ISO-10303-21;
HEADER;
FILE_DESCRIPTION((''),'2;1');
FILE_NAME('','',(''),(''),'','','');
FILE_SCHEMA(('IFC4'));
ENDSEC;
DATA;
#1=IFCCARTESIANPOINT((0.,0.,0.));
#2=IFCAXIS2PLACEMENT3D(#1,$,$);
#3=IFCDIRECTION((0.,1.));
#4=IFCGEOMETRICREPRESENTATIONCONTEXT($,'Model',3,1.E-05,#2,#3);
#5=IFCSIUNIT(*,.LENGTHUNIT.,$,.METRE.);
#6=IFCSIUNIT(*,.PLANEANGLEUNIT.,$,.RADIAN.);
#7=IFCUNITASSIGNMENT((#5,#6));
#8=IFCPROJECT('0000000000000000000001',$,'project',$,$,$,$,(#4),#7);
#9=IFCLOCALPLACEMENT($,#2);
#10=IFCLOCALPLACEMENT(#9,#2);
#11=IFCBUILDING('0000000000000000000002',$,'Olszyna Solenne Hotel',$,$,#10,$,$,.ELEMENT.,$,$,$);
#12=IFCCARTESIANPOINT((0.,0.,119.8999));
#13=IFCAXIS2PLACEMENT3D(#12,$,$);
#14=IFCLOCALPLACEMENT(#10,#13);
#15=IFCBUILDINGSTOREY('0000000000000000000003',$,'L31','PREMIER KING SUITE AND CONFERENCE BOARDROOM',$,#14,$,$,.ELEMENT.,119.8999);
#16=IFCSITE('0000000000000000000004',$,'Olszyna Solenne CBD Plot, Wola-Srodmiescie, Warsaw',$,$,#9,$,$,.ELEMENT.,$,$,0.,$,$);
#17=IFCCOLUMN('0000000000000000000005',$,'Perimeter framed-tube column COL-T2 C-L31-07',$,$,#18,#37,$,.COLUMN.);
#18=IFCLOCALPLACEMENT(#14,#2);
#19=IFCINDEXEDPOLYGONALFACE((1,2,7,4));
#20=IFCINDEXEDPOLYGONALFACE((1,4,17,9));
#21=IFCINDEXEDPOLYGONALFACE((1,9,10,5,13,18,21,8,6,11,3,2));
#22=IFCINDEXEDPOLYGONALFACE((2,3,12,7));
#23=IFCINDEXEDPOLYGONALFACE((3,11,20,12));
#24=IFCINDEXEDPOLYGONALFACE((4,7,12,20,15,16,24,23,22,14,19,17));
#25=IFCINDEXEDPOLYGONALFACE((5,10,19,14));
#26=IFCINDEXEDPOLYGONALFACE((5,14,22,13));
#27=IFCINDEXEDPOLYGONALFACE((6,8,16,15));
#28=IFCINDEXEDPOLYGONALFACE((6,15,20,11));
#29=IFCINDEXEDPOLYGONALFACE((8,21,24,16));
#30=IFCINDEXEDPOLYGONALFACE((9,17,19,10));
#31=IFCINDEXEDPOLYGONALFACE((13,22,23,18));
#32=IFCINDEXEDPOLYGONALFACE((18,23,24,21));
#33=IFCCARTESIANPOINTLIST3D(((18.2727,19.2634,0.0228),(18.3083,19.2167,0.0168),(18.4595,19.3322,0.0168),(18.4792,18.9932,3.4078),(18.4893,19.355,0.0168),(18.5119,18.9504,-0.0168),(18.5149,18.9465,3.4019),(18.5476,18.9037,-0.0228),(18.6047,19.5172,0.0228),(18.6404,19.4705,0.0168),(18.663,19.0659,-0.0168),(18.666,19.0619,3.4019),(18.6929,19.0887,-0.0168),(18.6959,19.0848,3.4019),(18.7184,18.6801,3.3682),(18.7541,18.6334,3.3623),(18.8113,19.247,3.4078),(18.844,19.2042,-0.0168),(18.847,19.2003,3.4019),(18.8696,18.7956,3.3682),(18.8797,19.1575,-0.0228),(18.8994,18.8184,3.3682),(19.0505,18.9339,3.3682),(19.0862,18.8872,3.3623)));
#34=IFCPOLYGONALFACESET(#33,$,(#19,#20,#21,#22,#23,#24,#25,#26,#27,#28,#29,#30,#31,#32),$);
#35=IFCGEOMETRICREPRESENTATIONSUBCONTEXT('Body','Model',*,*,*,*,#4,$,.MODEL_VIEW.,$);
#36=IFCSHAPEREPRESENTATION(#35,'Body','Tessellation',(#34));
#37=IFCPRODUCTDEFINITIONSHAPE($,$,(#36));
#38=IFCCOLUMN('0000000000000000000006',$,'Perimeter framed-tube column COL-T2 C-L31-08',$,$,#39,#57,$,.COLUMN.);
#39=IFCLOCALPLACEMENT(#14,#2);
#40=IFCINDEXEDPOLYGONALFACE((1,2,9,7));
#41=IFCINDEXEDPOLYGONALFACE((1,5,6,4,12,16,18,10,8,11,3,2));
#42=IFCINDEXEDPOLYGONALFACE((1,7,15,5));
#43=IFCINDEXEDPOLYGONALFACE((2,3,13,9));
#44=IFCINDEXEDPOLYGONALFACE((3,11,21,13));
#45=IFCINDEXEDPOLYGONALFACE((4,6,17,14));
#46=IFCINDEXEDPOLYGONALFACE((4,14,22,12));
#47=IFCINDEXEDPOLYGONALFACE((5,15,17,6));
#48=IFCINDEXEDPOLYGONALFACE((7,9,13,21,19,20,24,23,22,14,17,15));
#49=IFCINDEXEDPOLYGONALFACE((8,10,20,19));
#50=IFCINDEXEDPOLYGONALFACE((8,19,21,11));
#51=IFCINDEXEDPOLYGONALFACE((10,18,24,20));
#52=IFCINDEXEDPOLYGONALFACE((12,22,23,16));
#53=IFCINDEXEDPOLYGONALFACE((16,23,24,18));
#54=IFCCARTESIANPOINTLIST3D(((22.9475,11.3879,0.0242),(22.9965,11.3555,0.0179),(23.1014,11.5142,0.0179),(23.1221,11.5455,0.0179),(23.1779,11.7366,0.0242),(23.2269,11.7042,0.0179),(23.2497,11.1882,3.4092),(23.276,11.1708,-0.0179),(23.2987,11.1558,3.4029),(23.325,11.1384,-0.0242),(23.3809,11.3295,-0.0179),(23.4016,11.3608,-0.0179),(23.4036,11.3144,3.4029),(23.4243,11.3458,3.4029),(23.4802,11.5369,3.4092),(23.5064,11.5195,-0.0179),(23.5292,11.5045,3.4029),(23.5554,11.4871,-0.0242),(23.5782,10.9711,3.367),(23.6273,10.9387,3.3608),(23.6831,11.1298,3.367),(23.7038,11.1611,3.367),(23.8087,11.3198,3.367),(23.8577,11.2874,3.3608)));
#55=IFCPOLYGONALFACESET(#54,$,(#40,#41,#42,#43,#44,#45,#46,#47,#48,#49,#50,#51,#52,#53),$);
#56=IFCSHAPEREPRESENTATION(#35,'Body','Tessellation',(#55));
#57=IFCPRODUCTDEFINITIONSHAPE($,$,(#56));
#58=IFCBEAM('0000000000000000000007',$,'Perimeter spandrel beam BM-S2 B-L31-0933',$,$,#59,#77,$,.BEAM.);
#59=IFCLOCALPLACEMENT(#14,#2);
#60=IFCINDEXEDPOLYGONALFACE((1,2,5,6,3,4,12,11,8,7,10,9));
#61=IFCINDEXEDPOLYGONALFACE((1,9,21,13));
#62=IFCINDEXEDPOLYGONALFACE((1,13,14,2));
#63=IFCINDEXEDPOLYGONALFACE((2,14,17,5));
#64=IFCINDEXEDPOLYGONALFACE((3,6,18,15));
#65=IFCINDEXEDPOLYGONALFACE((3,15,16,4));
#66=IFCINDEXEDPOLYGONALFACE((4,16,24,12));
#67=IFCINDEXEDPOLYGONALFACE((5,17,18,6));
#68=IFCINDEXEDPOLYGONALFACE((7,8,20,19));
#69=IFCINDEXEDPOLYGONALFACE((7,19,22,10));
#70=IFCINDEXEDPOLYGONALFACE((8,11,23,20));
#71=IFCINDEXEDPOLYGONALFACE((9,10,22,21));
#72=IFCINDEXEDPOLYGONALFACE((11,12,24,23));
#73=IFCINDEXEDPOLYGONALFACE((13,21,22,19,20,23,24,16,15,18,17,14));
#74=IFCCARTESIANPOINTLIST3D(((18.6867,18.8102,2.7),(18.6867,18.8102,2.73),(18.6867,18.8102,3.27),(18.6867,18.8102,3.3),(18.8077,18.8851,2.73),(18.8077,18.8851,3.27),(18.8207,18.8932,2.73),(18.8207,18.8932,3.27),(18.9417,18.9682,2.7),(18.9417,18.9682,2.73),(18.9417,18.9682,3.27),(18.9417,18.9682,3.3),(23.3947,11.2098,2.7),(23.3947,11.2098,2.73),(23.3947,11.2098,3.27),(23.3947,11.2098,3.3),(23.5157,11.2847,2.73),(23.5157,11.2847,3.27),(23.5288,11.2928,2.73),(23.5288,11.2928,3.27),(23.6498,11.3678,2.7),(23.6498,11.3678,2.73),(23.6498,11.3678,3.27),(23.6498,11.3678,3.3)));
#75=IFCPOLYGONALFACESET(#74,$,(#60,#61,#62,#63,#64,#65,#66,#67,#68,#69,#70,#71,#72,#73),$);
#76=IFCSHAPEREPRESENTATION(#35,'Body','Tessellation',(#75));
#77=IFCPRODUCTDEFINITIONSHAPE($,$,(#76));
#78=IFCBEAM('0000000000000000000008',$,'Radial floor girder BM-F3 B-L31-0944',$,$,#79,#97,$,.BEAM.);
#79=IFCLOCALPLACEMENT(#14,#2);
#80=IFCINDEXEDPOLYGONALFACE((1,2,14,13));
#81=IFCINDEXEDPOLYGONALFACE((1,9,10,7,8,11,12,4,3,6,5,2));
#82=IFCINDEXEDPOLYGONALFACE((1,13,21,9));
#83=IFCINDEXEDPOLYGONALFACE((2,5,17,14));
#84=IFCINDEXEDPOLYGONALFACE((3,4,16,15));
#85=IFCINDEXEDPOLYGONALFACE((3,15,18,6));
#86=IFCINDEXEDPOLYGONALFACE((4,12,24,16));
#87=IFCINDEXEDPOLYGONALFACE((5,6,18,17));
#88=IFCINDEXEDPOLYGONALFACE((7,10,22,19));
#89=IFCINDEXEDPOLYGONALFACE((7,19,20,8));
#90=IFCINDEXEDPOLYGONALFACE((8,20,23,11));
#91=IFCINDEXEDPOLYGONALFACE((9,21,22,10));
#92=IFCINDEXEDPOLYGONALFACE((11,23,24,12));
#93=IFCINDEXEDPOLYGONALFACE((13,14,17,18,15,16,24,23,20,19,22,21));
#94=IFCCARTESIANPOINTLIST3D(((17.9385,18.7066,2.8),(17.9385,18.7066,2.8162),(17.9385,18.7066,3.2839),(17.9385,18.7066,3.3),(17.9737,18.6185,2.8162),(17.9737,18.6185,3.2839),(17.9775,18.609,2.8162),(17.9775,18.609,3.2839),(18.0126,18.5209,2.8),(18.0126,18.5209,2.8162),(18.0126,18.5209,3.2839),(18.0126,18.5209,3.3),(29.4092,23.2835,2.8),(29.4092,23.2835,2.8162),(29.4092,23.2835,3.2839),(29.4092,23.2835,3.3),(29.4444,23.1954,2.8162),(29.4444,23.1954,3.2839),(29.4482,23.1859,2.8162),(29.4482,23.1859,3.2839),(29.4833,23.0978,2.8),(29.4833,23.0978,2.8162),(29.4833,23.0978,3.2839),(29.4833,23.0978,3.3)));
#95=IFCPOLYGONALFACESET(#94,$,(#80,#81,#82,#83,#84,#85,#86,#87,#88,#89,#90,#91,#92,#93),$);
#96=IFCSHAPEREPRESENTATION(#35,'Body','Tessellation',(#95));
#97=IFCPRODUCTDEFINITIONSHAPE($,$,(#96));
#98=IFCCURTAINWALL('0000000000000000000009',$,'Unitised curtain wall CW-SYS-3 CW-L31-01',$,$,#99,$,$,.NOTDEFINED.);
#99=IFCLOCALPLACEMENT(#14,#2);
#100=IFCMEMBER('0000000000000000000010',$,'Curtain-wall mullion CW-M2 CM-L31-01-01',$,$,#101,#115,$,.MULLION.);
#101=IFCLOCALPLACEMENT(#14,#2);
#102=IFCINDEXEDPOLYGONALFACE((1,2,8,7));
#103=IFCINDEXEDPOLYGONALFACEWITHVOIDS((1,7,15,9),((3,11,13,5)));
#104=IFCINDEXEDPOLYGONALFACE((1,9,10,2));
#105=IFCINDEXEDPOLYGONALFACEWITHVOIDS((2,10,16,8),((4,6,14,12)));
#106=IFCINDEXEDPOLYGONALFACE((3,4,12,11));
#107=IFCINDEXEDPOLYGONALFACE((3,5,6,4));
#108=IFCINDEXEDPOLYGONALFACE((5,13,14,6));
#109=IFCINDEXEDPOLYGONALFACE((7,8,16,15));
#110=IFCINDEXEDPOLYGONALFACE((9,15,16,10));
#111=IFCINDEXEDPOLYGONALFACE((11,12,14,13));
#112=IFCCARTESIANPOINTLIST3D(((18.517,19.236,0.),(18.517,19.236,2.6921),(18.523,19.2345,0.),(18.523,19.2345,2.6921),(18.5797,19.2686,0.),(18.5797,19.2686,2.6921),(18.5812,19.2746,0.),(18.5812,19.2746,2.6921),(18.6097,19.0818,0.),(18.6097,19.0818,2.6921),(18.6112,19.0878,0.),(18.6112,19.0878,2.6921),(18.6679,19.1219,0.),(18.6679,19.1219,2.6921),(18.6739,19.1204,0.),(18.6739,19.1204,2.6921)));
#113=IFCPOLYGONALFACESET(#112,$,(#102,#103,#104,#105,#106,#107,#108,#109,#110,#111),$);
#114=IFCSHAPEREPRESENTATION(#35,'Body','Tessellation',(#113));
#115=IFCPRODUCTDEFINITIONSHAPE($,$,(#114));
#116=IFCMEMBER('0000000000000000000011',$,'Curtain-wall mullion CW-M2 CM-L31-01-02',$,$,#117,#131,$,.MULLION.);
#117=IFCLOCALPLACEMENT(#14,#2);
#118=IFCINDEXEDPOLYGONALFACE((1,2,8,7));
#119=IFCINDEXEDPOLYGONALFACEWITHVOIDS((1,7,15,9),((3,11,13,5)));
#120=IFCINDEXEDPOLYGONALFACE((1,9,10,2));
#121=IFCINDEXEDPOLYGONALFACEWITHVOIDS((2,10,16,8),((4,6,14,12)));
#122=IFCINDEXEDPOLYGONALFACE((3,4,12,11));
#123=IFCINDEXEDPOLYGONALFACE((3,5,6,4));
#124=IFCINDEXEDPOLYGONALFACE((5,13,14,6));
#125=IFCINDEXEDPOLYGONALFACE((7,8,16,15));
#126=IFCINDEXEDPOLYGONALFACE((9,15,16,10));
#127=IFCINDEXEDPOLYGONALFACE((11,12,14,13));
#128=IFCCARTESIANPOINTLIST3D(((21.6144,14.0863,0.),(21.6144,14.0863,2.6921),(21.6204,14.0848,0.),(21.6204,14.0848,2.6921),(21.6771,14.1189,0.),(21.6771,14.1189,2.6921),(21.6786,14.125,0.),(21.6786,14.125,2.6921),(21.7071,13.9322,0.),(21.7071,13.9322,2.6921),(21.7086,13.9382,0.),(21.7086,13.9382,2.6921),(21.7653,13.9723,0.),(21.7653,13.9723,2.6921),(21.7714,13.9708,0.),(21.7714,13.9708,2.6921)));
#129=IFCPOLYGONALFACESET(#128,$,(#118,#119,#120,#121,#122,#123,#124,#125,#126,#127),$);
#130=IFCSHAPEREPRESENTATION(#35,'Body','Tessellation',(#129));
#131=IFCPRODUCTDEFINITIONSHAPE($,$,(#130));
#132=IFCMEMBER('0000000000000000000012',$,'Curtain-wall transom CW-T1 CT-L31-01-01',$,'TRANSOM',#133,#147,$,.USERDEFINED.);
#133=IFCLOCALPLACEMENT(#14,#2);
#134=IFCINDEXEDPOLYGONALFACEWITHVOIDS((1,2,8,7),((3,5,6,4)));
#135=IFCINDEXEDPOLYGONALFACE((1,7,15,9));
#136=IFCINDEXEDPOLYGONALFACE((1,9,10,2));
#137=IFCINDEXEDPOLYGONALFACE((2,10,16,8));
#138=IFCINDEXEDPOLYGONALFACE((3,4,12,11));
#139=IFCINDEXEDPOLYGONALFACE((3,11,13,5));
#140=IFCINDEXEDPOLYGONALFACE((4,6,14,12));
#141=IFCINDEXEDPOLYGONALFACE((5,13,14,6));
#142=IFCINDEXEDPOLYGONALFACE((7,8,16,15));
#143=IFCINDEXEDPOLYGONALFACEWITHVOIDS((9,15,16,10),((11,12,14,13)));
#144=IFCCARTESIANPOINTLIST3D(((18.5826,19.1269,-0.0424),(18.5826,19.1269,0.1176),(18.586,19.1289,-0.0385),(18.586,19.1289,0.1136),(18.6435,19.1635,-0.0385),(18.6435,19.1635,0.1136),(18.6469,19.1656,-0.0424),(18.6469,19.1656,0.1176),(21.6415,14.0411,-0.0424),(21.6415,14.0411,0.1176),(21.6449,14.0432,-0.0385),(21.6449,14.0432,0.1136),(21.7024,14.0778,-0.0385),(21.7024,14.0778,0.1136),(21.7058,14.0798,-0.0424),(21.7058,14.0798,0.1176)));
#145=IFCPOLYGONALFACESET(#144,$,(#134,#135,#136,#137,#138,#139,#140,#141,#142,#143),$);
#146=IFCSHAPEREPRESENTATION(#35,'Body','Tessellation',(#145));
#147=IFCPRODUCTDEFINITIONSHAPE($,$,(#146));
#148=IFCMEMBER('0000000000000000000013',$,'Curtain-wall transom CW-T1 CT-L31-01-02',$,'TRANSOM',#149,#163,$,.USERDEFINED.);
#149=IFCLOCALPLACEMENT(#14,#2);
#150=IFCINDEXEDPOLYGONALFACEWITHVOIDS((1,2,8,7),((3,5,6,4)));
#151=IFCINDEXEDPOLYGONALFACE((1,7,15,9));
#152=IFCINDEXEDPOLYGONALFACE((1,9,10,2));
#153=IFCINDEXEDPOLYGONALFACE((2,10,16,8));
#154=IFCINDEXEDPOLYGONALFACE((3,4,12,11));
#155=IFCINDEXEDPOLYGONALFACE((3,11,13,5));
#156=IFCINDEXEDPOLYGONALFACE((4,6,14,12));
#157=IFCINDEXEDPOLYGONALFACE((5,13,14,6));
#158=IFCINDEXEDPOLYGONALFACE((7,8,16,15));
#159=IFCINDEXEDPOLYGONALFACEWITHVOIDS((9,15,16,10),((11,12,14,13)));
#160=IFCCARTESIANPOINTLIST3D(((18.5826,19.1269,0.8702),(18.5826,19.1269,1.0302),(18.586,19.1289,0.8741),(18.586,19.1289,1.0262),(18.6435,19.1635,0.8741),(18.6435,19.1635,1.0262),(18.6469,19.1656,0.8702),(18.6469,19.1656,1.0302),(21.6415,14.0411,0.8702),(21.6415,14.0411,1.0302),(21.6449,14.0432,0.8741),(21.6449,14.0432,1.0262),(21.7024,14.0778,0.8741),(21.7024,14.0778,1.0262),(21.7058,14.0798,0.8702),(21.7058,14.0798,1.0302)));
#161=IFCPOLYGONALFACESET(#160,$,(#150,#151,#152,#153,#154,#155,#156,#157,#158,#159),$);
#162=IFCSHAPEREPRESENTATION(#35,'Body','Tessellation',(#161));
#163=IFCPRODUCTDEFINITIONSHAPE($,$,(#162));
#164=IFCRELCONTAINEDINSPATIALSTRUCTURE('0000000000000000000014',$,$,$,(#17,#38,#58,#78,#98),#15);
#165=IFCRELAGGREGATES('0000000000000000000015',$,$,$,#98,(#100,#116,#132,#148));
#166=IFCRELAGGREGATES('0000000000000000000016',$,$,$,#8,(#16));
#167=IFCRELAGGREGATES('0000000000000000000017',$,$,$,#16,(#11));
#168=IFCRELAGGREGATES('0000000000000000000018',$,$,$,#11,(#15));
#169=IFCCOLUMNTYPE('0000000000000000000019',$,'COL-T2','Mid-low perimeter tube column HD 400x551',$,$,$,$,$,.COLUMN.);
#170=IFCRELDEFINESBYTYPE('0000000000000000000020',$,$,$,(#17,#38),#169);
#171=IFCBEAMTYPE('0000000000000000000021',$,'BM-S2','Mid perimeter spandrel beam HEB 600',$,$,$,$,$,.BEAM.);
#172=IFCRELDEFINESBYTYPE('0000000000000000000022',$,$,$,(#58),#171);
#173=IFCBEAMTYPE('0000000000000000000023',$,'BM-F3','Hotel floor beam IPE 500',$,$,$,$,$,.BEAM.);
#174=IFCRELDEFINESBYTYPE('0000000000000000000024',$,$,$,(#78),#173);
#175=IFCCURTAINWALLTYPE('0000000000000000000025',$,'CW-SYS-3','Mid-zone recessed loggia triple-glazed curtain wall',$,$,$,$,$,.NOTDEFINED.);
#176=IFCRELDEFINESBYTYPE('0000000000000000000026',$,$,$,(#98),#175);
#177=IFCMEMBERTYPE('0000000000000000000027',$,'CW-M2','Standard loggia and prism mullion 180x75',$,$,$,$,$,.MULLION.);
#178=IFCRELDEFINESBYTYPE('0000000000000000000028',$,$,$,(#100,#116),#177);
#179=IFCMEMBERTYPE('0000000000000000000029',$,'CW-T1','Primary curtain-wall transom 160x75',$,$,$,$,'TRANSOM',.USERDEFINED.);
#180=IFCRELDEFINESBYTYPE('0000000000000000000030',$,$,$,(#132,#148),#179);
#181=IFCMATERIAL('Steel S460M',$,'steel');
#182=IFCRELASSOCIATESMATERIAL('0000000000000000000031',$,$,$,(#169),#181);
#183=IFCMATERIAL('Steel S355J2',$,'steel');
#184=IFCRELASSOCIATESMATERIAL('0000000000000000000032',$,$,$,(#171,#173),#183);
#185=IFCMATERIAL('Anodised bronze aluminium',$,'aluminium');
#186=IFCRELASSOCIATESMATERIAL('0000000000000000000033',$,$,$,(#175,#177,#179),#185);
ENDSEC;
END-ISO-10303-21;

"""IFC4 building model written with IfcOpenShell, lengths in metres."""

from ifc_helpers import new_model, si_unit, direction, frame, origin, origin_2d, place, context, subcontext, project, spatial, hollow_rectangle, i_section, extrude, source, transform, mapped, material, material_profile, profile_set, type_object, element, aggregate, save


model = new_model("IFC4")

# Units and contexts
model_context = context("Model", 3, precision=1e-05, world=origin(), true_north=direction((0.0, 1.0)))
body_context = subcontext(model_context, "Body", "Model", "MODEL_VIEW")
ifc_project = project(units=[si_unit("LENGTHUNIT", "METRE"), si_unit("PLANEANGLEUNIT", "RADIAN")], contexts=[model_context])

# Site, building, storey
site_placement = place(None, origin())
site = spatial("IfcSite", under=ifc_project, at=site_placement, Name="Olszyna Solenne CBD Plot, Wola-Srodmiescie, Warsaw", CompositionType="ELEMENT", RefElevation=0.0)
building_placement = place(site_placement, origin())
building = spatial("IfcBuilding", under=site, at=building_placement, Name="Olszyna Solenne Hotel", CompositionType="ELEMENT")
storey_placement = place(building_placement, frame((0.0, 0.0, 119.8999)))
storey = spatial("IfcBuildingStorey", under=building, at=storey_placement, Name="L31", Description="PREMIER KING SUITE AND CONFERENCE BOARDROOM", CompositionType="ELEMENT", Elevation=119.8999)

# Columns
ifc_material_1 = material(Name="Steel S460M", Category="steel")
ifc_material_profile_1 = material_profile(ifc_material_1, i_section(OverallWidth=0.418, OverallDepth=0.4551, WebThickness=0.0376, FlangeThickness=0.0591, at=origin_2d()), Name="HD 400x551", Category="load-bearing")
ifc_profile_set_1 = profile_set([ifc_material_profile_1], Name="Steel S460M")
column_type = type_object("IfcColumnType", Name="COL-T2", Description="Mid-low perimeter tube column HD 400x551", PredefinedType="COLUMN", material=ifc_profile_set_1)
shared_shape_1 = source(origin(), body_context, "Body", "SweptSolid", [
    extrude(i_section(OverallWidth=0.418, OverallDepth=0.4551, WebThickness=0.0376, FlangeThickness=0.0591, at=origin_2d()), origin(), (0.0, 0.0, 1.0), 3.4021),
])
column_1_placement = place(storey_placement, frame((18.5762, 19.2104, 0.0), z_axis=(0.060711, -0.079441, 0.994989), x_axis=(0.794541, 0.60721, 0.0)))
element("IfcColumn", 1, at=column_1_placement, inside=storey, type_object=column_type, Name="Perimeter framed-tube column COL-T2 C-L31-07", PredefinedType="COLUMN", context=body_context, shape_type="MappedRepresentation", body=[
    mapped(shared_shape_1, transform((0.0, 0.0, 0.0), x_axis=(1.0, 0.0, 0.0), y_axis=(0.0, 1.0, 0.0), z_axis=(0.0, 0.0, 1.0), scale=1.0)),
])
shared_shape_2 = source(origin(), body_context, "Body", "SweptSolid", [
    extrude(i_section(OverallWidth=0.418, OverallDepth=0.4551, WebThickness=0.0376, FlangeThickness=0.0591, at=origin_2d()), origin(), (0.0, 0.0, 1.0), 3.4043),
])
column_2_placement = place(storey_placement, frame((23.2515, 11.4375, 0.0), z_axis=(0.088783, -0.058662, 0.994322), x_axis=(0.551274, 0.834324, 0.0)))
element("IfcColumn", 2, at=column_2_placement, inside=storey, type_object=column_type, Name="Perimeter framed-tube column COL-T2 C-L31-08", PredefinedType="COLUMN", context=body_context, shape_type="MappedRepresentation", body=[
    mapped(shared_shape_2, transform((0.0, 0.0, 0.0), x_axis=(1.0, 0.0, 0.0), y_axis=(0.0, 1.0, 0.0), z_axis=(0.0, 0.0, 1.0), scale=1.0)),
])

# Beams
ifc_material_2 = material(Name="Steel S355J2", Category="steel")
ifc_material_profile_2 = material_profile(ifc_material_2, i_section(OverallWidth=0.3, OverallDepth=0.6001, WebThickness=0.0154, FlangeThickness=0.03, at=origin_2d()), Name="HEB 600", Category="load-bearing")
ifc_profile_set_2 = profile_set([ifc_material_profile_2], Name="Steel S355J2")
beam_type_1 = type_object("IfcBeamType", Name="BM-S2", Description="Mid perimeter spandrel beam HEB 600", PredefinedType="BEAM", material=ifc_profile_set_2)
shared_shape_3 = source(origin(), body_context, "Body", "SweptSolid", [
    extrude(i_section(OverallWidth=0.3, OverallDepth=0.6001, WebThickness=0.0154, FlangeThickness=0.03, at=origin_2d()), origin(), (0.0, 0.0, 1.0), 8.9404),
])
beam_1_placement = place(storey_placement, frame((18.8142, 18.8892, 3.0), z_axis=(0.5266, -0.850113, 0.0), x_axis=(0.850113, 0.5266, 0.0)))
element("IfcBeam", 3, at=beam_1_placement, inside=storey, type_object=beam_type_1, Name="Perimeter spandrel beam BM-S2 B-L31-0933", PredefinedType="BEAM", context=body_context, shape_type="MappedRepresentation", body=[
    mapped(shared_shape_3, transform((0.0, 0.0, 0.0), x_axis=(1.0, 0.0, 0.0), y_axis=(0.0, 1.0, 0.0), z_axis=(0.0, 0.0, 1.0), scale=1.0)),
])
ifc_material_profile_3 = material_profile(ifc_material_2, i_section(OverallWidth=0.2, OverallDepth=0.5, WebThickness=0.0103, FlangeThickness=0.0161, at=origin_2d()), Name="IPE 500", Category="load-bearing")
ifc_profile_set_3 = profile_set([ifc_material_profile_3], Name="Steel S355J2")
beam_type_2 = type_object("IfcBeamType", Name="BM-F3", Description="Hotel floor beam IPE 500", PredefinedType="BEAM", material=ifc_profile_set_3)
shared_shape_4 = source(origin(), body_context, "Body", "SweptSolid", [
    extrude(i_section(OverallWidth=0.2, OverallDepth=0.5, WebThickness=0.0103, FlangeThickness=0.0161, at=origin_2d()), origin(), (0.0, 0.0, 1.0), 12.3501),
])
beam_2_placement = place(storey_placement, frame((17.9756, 18.6138, 3.05), z_axis=(0.928794, 0.370596, 0.0), x_axis=(-0.370596, 0.928794, 0.0)))
element("IfcBeam", 4, at=beam_2_placement, inside=storey, type_object=beam_type_2, Name="Radial floor girder BM-F3 B-L31-0944", PredefinedType="BEAM", context=body_context, shape_type="MappedRepresentation", body=[
    mapped(shared_shape_4, transform((0.0, 0.0, 0.0), x_axis=(1.0, 0.0, 0.0), y_axis=(0.0, 1.0, 0.0), z_axis=(0.0, 0.0, 1.0), scale=1.0)),
])

# Curtain wall, members
ifc_material_3 = material(Name="Anodised bronze aluminium", Category="aluminium")
curtain_wall_type = type_object("IfcCurtainWallType", Name="CW-SYS-3", Description="Mid-zone recessed loggia triple-glazed curtain wall", PredefinedType="NOTDEFINED", material=ifc_material_3)
curtain_wall_placement = place(storey_placement, origin())
curtain_wall = element("IfcCurtainWall", 5, at=curtain_wall_placement, inside=storey, type_object=curtain_wall_type, Name="Unitised curtain wall CW-SYS-3 CW-L31-01", PredefinedType="NOTDEFINED")
ifc_material_profile_4 = material_profile(ifc_material_3, hollow_rectangle(XDim=0.075, YDim=0.1799, WallThickness=0.0044, at=origin_2d()), Name="MULL 180x75x4.5", Category="load-bearing")
ifc_profile_set_4 = profile_set([ifc_material_profile_4], Name="Anodised bronze aluminium")
member_type_1 = type_object("IfcMemberType", Name="CW-M2", Description="Standard loggia and prism mullion 180x75", PredefinedType="MULLION", material=ifc_profile_set_4)
shared_shape_5 = source(origin(), body_context, "Body", "SweptSolid", [
    extrude(hollow_rectangle(XDim=0.075, YDim=0.1799, WallThickness=0.0044, at=origin_2d()), origin(), (0.0, 0.0, 1.0), 2.6921),
])
member_1_placement = place(storey_placement, frame((18.5955, 19.1782, 0.0), z_axis=(0.0, 0.0, 1.0), x_axis=(0.856935, 0.515425, 0.0)))
member_1 = element("IfcMember", 6, at=member_1_placement, type_object=member_type_1, Name="Curtain-wall mullion CW-M2 CM-L31-01-01", PredefinedType="MULLION", context=body_context, shape_type="MappedRepresentation", body=[
    mapped(shared_shape_5, transform((0.0, 0.0, 0.0), x_axis=(1.0, 0.0, 0.0), y_axis=(0.0, 1.0, 0.0), z_axis=(0.0, 0.0, 1.0), scale=1.0)),
])
member_2_placement = place(storey_placement, frame((21.6929, 14.0286, 0.0), z_axis=(0.0, 0.0, 1.0), x_axis=(0.856935, 0.515425, 0.0)))
member_2 = element("IfcMember", 7, at=member_2_placement, type_object=member_type_1, Name="Curtain-wall mullion CW-M2 CM-L31-01-02", PredefinedType="MULLION", context=body_context, shape_type="MappedRepresentation", body=[
    mapped(shared_shape_5, transform((0.0, 0.0, 0.0), x_axis=(1.0, 0.0, 0.0), y_axis=(0.0, 1.0, 0.0), z_axis=(0.0, 0.0, 1.0), scale=1.0)),
])
ifc_material_profile_5 = material_profile(ifc_material_3, hollow_rectangle(XDim=0.075, YDim=0.1599, WallThickness=0.0039, at=origin_2d()), Name="TRAN 160x75x4", Category="load-bearing")
ifc_profile_set_5 = profile_set([ifc_material_profile_5], Name="Anodised bronze aluminium")
member_type_2 = type_object("IfcMemberType", Name="CW-T1", Description="Primary curtain-wall transom 160x75", ElementType="TRANSOM", PredefinedType="USERDEFINED", material=ifc_profile_set_5)
shared_shape_6 = source(origin(), body_context, "Body", "SweptSolid", [
    extrude(hollow_rectangle(XDim=0.075, YDim=0.1599, WallThickness=0.0039, at=origin_2d()), origin(), (0.0, 0.0, 1.0), 5.9348),
])
member_3_placement = place(storey_placement, frame((18.6147, 19.1462, 0.0376), z_axis=(0.515415, -0.856941, 0.0), x_axis=(0.856941, 0.515415, 0.0)))
member_3 = element("IfcMember", 8, at=member_3_placement, type_object=member_type_2, Name="Curtain-wall transom CW-T1 CT-L31-01-01", ObjectType="TRANSOM", PredefinedType="USERDEFINED", context=body_context, shape_type="MappedRepresentation", body=[
    mapped(shared_shape_6, transform((0.0, 0.0, 0.0), x_axis=(1.0, 0.0, 0.0), y_axis=(0.0, 1.0, 0.0), z_axis=(0.0, 0.0, 1.0), scale=1.0)),
])
member_4_placement = place(storey_placement, frame((18.6147, 19.1462, 0.9502), z_axis=(0.515415, -0.856941, 0.0), x_axis=(0.856941, 0.515415, 0.0)))
member_4 = element("IfcMember", 9, at=member_4_placement, type_object=member_type_2, Name="Curtain-wall transom CW-T1 CT-L31-01-02", ObjectType="TRANSOM", PredefinedType="USERDEFINED", context=body_context, shape_type="MappedRepresentation", body=[
    mapped(shared_shape_6, transform((0.0, 0.0, 0.0), x_axis=(1.0, 0.0, 0.0), y_axis=(0.0, 1.0, 0.0), z_axis=(0.0, 0.0, 1.0), scale=1.0)),
])

aggregate(curtain_wall, [member_1, member_2, member_3, member_4])

save(model, "model.ifc")
